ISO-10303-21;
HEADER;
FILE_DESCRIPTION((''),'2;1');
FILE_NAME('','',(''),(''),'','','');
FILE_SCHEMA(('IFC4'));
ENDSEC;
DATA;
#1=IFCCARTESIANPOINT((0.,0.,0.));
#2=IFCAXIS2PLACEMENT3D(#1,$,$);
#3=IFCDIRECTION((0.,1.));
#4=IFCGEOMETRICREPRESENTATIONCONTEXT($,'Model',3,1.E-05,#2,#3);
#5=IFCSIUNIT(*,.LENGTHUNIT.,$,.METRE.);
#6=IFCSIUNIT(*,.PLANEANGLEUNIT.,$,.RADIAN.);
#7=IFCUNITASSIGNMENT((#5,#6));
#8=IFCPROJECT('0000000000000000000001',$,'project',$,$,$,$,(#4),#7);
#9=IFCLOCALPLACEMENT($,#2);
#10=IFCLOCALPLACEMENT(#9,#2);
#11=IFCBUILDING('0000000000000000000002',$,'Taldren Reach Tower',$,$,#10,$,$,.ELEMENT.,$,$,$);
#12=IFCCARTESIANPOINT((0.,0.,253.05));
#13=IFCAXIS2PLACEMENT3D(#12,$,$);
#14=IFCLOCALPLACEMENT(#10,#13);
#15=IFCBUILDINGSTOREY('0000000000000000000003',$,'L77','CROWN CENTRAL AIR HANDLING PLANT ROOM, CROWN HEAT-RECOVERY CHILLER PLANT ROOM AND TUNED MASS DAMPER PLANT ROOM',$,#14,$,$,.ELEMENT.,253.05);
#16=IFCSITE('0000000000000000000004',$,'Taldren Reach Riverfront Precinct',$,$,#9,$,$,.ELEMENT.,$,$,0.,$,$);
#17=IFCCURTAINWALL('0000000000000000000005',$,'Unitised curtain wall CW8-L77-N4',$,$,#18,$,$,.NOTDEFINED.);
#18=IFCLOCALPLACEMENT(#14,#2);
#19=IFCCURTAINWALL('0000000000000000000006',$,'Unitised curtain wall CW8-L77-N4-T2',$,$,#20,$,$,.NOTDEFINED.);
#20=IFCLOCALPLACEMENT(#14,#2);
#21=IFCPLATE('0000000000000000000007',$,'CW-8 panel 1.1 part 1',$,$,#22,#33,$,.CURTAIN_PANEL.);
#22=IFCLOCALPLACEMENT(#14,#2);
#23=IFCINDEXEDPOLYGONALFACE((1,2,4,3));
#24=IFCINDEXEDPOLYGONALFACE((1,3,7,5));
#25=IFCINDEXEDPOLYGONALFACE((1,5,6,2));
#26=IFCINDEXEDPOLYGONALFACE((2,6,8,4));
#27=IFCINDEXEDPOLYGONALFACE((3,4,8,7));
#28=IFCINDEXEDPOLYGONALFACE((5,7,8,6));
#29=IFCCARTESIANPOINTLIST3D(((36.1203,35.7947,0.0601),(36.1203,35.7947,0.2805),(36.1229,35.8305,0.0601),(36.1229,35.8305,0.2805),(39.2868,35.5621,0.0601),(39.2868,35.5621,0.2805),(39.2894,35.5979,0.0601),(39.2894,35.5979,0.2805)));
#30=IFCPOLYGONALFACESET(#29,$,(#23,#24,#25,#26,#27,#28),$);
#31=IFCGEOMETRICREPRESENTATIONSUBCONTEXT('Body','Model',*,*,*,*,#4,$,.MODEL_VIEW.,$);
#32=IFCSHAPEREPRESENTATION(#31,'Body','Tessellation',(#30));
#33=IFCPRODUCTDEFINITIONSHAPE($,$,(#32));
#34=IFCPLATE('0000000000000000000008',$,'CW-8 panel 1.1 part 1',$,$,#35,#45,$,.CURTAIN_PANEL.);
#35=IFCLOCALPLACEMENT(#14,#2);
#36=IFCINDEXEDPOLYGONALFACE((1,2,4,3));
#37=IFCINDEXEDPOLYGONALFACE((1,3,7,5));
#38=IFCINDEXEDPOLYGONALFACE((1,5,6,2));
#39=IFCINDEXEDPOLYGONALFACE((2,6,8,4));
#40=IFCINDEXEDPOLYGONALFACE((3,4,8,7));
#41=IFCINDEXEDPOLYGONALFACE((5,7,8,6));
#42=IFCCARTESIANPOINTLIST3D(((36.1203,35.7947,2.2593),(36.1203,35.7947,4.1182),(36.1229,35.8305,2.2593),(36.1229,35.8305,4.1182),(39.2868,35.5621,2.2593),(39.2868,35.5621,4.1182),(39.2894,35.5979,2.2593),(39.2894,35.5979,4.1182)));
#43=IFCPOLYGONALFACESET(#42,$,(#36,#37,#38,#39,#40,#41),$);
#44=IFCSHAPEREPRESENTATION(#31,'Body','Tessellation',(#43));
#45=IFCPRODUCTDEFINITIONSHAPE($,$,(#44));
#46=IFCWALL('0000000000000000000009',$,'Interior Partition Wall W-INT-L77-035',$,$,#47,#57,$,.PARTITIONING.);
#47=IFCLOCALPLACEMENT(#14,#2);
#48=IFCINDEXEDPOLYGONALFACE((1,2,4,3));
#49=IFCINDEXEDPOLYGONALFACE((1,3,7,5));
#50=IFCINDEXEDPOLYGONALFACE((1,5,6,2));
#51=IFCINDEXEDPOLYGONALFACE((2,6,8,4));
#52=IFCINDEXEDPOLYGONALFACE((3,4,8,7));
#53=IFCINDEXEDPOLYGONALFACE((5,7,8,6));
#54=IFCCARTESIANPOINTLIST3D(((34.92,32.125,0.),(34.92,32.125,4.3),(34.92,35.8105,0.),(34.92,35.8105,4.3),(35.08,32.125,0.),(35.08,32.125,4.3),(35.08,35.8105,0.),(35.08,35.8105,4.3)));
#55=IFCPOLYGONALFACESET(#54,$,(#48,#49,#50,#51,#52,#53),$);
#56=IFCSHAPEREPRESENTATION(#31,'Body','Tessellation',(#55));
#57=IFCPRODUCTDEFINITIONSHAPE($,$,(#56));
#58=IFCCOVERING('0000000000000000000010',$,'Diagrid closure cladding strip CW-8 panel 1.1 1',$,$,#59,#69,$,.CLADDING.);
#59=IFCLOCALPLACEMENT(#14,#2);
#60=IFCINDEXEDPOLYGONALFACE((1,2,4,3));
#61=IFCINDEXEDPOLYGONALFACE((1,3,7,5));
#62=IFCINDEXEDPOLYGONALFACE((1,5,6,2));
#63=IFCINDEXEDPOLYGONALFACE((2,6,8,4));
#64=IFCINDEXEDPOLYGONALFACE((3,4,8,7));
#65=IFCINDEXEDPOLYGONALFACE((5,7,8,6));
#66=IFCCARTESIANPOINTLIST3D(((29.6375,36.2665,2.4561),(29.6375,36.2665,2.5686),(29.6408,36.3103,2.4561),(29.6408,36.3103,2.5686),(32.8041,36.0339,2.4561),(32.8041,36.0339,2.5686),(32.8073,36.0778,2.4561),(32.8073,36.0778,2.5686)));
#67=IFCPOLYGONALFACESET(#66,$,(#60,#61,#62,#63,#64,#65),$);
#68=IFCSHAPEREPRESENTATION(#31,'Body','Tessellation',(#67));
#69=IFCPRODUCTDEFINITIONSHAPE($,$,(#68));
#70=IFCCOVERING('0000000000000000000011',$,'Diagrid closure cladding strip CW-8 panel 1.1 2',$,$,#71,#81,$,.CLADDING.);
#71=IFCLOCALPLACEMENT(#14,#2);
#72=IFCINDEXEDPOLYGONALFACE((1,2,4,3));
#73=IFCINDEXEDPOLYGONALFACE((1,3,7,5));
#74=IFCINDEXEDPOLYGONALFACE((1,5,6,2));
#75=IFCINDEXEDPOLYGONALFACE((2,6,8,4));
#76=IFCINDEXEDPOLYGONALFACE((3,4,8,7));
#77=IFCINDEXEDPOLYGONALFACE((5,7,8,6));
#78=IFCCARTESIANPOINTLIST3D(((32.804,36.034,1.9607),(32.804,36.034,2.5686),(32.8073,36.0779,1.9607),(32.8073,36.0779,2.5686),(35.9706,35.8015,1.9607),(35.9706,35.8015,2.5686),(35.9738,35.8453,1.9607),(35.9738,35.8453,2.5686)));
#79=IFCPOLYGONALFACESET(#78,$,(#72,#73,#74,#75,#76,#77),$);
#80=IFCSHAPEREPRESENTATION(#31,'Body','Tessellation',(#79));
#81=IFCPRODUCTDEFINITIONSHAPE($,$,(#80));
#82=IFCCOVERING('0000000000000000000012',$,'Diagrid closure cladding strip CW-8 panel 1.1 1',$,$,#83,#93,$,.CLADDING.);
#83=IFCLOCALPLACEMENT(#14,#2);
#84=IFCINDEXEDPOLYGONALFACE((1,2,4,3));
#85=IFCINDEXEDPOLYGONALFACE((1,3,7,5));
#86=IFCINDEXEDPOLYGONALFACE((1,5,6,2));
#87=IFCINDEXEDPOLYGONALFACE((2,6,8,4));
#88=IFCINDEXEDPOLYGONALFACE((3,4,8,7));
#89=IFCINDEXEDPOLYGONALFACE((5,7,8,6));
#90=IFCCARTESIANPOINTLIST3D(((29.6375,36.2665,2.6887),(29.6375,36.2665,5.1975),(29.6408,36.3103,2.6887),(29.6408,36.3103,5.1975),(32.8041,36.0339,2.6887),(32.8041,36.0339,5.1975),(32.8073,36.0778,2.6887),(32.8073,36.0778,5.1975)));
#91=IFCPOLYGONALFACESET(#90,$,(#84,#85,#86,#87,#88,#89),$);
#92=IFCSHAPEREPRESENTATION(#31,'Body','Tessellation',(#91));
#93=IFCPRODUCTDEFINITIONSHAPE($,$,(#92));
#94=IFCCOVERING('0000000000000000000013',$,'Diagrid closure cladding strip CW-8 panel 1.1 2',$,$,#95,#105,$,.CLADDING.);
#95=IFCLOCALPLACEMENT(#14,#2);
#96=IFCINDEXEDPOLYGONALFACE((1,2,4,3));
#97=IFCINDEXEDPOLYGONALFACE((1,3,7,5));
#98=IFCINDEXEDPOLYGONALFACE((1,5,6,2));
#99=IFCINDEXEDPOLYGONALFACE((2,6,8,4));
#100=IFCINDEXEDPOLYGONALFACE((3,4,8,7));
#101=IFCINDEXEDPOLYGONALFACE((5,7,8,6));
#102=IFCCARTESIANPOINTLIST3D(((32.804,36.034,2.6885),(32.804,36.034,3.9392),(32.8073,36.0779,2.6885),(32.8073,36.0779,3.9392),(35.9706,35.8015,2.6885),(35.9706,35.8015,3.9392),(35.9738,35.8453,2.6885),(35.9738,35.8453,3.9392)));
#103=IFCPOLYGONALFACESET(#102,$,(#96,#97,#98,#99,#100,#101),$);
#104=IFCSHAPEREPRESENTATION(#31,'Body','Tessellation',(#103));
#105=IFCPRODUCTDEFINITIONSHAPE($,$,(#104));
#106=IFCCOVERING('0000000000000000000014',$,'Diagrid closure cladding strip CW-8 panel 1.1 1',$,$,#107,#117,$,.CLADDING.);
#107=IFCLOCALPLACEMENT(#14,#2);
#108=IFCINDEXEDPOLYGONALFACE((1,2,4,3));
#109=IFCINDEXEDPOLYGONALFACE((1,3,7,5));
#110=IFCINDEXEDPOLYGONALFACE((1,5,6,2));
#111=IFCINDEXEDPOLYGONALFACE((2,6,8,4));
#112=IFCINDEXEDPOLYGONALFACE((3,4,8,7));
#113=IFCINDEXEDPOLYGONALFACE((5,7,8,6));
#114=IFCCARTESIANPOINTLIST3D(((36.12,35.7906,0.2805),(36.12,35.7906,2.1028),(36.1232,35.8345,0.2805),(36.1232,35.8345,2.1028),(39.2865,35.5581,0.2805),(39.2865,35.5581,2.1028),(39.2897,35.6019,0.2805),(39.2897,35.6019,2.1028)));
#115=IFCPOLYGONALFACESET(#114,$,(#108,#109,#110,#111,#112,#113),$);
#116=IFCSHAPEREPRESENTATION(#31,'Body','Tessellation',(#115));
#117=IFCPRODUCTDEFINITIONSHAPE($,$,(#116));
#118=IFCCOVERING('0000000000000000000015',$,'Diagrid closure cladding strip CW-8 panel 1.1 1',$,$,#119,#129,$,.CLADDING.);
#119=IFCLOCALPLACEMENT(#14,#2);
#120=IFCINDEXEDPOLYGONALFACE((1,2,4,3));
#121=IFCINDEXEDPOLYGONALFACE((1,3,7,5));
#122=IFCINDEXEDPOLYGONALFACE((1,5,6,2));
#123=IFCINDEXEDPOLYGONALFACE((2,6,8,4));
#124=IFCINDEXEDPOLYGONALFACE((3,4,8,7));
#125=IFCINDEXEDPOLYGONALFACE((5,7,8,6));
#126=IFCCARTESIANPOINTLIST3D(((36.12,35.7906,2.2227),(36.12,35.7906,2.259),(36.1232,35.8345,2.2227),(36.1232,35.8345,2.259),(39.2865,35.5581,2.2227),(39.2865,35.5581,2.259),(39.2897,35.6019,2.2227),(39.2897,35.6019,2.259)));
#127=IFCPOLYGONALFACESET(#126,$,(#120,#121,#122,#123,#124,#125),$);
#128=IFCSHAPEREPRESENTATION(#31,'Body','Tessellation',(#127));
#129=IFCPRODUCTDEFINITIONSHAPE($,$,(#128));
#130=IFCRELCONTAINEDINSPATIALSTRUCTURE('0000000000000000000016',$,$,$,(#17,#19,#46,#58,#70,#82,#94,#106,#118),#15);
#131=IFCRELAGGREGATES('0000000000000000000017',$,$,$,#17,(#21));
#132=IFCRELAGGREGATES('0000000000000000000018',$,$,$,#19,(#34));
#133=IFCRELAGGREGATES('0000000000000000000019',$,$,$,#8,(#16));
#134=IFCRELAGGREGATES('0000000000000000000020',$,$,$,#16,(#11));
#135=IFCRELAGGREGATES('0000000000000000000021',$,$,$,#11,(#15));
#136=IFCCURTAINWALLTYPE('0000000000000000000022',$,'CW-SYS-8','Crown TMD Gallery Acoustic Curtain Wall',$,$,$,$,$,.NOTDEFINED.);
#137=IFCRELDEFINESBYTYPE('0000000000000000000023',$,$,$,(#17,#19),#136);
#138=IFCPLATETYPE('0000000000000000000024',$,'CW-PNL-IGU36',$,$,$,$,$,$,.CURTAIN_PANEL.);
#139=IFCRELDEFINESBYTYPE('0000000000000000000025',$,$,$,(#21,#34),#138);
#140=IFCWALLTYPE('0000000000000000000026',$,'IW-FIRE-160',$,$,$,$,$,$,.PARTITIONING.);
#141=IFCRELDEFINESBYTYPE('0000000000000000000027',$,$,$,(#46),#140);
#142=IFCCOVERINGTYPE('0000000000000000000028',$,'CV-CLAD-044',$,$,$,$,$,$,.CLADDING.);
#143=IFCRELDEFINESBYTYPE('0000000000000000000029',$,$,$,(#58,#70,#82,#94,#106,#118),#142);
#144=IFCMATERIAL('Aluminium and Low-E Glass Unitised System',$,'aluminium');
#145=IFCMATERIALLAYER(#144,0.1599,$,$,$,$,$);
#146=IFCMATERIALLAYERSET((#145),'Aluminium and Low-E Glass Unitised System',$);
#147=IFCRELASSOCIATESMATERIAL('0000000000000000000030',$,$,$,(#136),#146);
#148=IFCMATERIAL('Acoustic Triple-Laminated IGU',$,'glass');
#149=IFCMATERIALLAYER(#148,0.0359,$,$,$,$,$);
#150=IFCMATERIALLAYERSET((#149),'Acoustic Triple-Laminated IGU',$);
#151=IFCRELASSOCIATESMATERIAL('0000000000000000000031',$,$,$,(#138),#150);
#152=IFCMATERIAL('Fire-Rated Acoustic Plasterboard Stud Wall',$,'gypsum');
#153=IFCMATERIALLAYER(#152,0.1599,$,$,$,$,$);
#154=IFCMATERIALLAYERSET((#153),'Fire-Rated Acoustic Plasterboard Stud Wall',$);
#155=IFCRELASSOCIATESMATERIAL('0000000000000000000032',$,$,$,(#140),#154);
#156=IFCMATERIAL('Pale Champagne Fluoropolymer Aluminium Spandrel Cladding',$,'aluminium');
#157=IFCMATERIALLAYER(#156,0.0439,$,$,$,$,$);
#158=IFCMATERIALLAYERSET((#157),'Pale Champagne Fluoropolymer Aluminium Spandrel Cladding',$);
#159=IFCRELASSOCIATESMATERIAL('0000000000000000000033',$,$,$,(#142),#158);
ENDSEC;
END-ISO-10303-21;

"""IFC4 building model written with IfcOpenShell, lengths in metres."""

from ifc_helpers import new_model, si_unit, direction, frame, frame_2d, origin, origin_2d, place, context, subcontext, project, spatial, rectangle, extrude, source, transform, mapped, material, layer, layer_set, type_object, element, aggregate, save


model = new_model("IFC4")

# Units and contexts
model_context = context("Model", 3, precision=1e-05, world=origin(), true_north=direction((0.0, 1.0)))
body_context = subcontext(model_context, "Body", "Model", "MODEL_VIEW")
ifc_project = project(units=[si_unit("LENGTHUNIT", "METRE"), si_unit("PLANEANGLEUNIT", "RADIAN")], contexts=[model_context])

# Site, building, storey
site_placement = place(None, origin())
site = spatial("IfcSite", under=ifc_project, at=site_placement, Name="Taldren Reach Riverfront Precinct", CompositionType="ELEMENT", RefElevation=0.0)
building_placement = place(site_placement, origin())
building = spatial("IfcBuilding", under=site, at=building_placement, Name="Taldren Reach Tower", CompositionType="ELEMENT")
storey_placement = place(building_placement, frame((0.0, 0.0, 253.05)))
storey = spatial("IfcBuildingStorey", under=building, at=storey_placement, Name="L77", Description="CROWN CENTRAL AIR HANDLING PLANT ROOM, CROWN HEAT-RECOVERY CHILLER PLANT ROOM AND TUNED MASS DAMPER PLANT ROOM", CompositionType="ELEMENT", Elevation=253.05)

# Curtain wall
ifc_material_1 = material(Name="Aluminium and Low-E Glass Unitised System", Category="aluminium")
ifc_layer_1 = layer(ifc_material_1, 0.1599)
ifc_layer_set_1 = layer_set([ifc_layer_1], Name="Aluminium and Low-E Glass Unitised System")
curtain_wall_type = type_object("IfcCurtainWallType", Name="CW-SYS-8", Description="Crown TMD Gallery Acoustic Curtain Wall", PredefinedType="NOTDEFINED", material=ifc_layer_set_1)
curtain_wall_1_placement = place(storey_placement, origin())
curtain_wall_1 = element("IfcCurtainWall", 1, at=curtain_wall_1_placement, inside=storey, type_object=curtain_wall_type, Name="Unitised curtain wall CW8-L77-N4", PredefinedType="NOTDEFINED")

# Curtain wall
curtain_wall_2_placement = place(storey_placement, origin())
curtain_wall_2 = element("IfcCurtainWall", 2, at=curtain_wall_2_placement, inside=storey, type_object=curtain_wall_type, Name="Unitised curtain wall CW8-L77-N4-T2", PredefinedType="NOTDEFINED")

# Plates
ifc_material_2 = material(Name="Acoustic Triple-Laminated IGU", Category="glass")
ifc_layer_2 = layer(ifc_material_2, 0.0359)
ifc_layer_set_2 = layer_set([ifc_layer_2], Name="Acoustic Triple-Laminated IGU")
plate_type_1 = type_object("IfcPlateType", Name="CW-PNL-IGU36", PredefinedType="CURTAIN_PANEL", material=ifc_layer_set_2)
shared_shape_1 = source(origin(), body_context, "Body", "SweptSolid", [
    extrude(rectangle(XDim=3.175, YDim=0.0359, at=origin_2d()), origin(), (0.0, 0.0, 1.0), 0.2205),
])
plate_1_placement = place(storey_placement, frame((37.7048, 35.6963, 0.0601), z_axis=(0.0, 0.0, 1.0), x_axis=(0.997314, -0.073239, 0.0)))
plate_1 = element("IfcPlate", 3, at=plate_1_placement, type_object=plate_type_1, Name="CW-8 panel 1.1 part 1", PredefinedType="CURTAIN_PANEL", context=body_context, shape_type="MappedRepresentation", body=[
    mapped(shared_shape_1, transform((0.0, 0.0, 0.0), scale=1.0)),
])
aggregate(curtain_wall_1, [plate_1])
shared_shape_2 = source(origin(), body_context, "Body", "SweptSolid", [
    extrude(rectangle(XDim=3.175, YDim=0.0359, at=origin_2d()), origin(), (0.0, 0.0, 1.0), 1.8589),
])
plate_2_placement = place(storey_placement, frame((37.7048, 35.6963, 2.2593), z_axis=(0.0, 0.0, 1.0), x_axis=(0.997314, -0.073239, 0.0)))
plate_2 = element("IfcPlate", 4, at=plate_2_placement, type_object=plate_type_1, Name="CW-8 panel 1.1 part 1", PredefinedType="CURTAIN_PANEL", context=body_context, shape_type="MappedRepresentation", body=[
    mapped(shared_shape_2, transform((0.0, 0.0, 0.0), scale=1.0)),
])
aggregate(curtain_wall_2, [plate_2])

# Wall
ifc_material_3 = material(Name="Fire-Rated Acoustic Plasterboard Stud Wall", Category="gypsum")
ifc_layer_3 = layer(ifc_material_3, 0.1599)
ifc_layer_set_3 = layer_set([ifc_layer_3], Name="Fire-Rated Acoustic Plasterboard Stud Wall")
wall_type = type_object("IfcWallType", Name="IW-FIRE-160", PredefinedType="PARTITIONING", material=ifc_layer_set_3)
shared_shape_3 = source(origin(), body_context, "Body", "SweptSolid", [
    extrude(rectangle(XDim=3.6855, YDim=0.1599, at=frame_2d((1.8428, 0.0))), origin(), (0.0, 0.0, 1.0), 4.3),
])
wall_placement = place(storey_placement, frame((35.0, 35.8105, 0.0), z_axis=(0.0, 0.0, 1.0), x_axis=(0.0, -1.0, 0.0)))
element("IfcWall", 5, at=wall_placement, inside=storey, type_object=wall_type, Name="Interior Partition Wall W-INT-L77-035", PredefinedType="PARTITIONING", context=body_context, shape_type="MappedRepresentation", body=[
    mapped(shared_shape_3, transform((0.0, 0.0, 0.0), scale=1.0)),
])

# Coverings
ifc_material_4 = material(Name="Pale Champagne Fluoropolymer Aluminium Spandrel Cladding", Category="aluminium")
ifc_layer_4 = layer(ifc_material_4, 0.0439)
ifc_layer_set_4 = layer_set([ifc_layer_4], Name="Pale Champagne Fluoropolymer Aluminium Spandrel Cladding")
covering_type = type_object("IfcCoveringType", Name="CV-CLAD-044", PredefinedType="CLADDING", material=ifc_layer_set_4)
shared_shape_4 = source(origin(), body_context, "Body", "SweptSolid", [
    extrude(rectangle(XDim=3.175, YDim=0.0439, at=origin_2d()), origin(), (0.0, 0.0, 1.0), 0.1125),
])
covering_1_placement = place(storey_placement, frame((31.2224, 36.1721, 2.4561), z_axis=(0.0, 0.0, 1.0), x_axis=(0.997315, -0.073237, 0.0)))
element("IfcCovering", 6, at=covering_1_placement, inside=storey, type_object=covering_type, Name="Diagrid closure cladding strip CW-8 panel 1.1 1", PredefinedType="CLADDING", context=body_context, shape_type="MappedRepresentation", body=[
    mapped(shared_shape_4, transform((0.0, 0.0, 0.0), scale=1.0)),
])
shared_shape_5 = source(origin(), body_context, "Body", "SweptSolid", [
    extrude(rectangle(XDim=3.175, YDim=0.0439, at=origin_2d()), origin(), (0.0, 0.0, 1.0), 0.6079),
])
covering_2_placement = place(storey_placement, frame((34.3889, 35.9397, 1.9607), z_axis=(0.0, 0.0, 1.0), x_axis=(0.997315, -0.073237, 0.0)))
element("IfcCovering", 7, at=covering_2_placement, inside=storey, type_object=covering_type, Name="Diagrid closure cladding strip CW-8 panel 1.1 2", PredefinedType="CLADDING", context=body_context, shape_type="MappedRepresentation", body=[
    mapped(shared_shape_5, transform((0.0, 0.0, 0.0), scale=1.0)),
])
shared_shape_6 = source(origin(), body_context, "Body", "SweptSolid", [
    extrude(rectangle(XDim=3.175, YDim=0.0439, at=origin_2d()), origin(), (0.0, 0.0, 1.0), 2.5088),
])
covering_3_placement = place(storey_placement, frame((31.2224, 36.1721, 2.6887), z_axis=(0.0, 0.0, 1.0), x_axis=(0.997315, -0.073237, 0.0)))
element("IfcCovering", 8, at=covering_3_placement, inside=storey, type_object=covering_type, Name="Diagrid closure cladding strip CW-8 panel 1.1 1", PredefinedType="CLADDING", context=body_context, shape_type="MappedRepresentation", body=[
    mapped(shared_shape_6, transform((0.0, 0.0, 0.0), scale=1.0)),
])
shared_shape_7 = source(origin(), body_context, "Body", "SweptSolid", [
    extrude(rectangle(XDim=3.175, YDim=0.0439, at=origin_2d()), origin(), (0.0, 0.0, 1.0), 1.2507),
])
covering_4_placement = place(storey_placement, frame((34.3889, 35.9397, 2.6885), z_axis=(0.0, 0.0, 1.0), x_axis=(0.997315, -0.073237, 0.0)))
element("IfcCovering", 9, at=covering_4_placement, inside=storey, type_object=covering_type, Name="Diagrid closure cladding strip CW-8 panel 1.1 2", PredefinedType="CLADDING", context=body_context, shape_type="MappedRepresentation", body=[
    mapped(shared_shape_7, transform((0.0, 0.0, 0.0), scale=1.0)),
])
shared_shape_8 = source(origin(), body_context, "Body", "SweptSolid", [
    extrude(rectangle(XDim=3.175, YDim=0.0439, at=origin_2d()), origin(), (0.0, 0.0, 1.0), 1.8223),
])
covering_5_placement = place(storey_placement, frame((37.7048, 35.6963, 0.2805), z_axis=(0.0, 0.0, 1.0), x_axis=(0.997314, -0.073239, 0.0)))
element("IfcCovering", 10, at=covering_5_placement, inside=storey, type_object=covering_type, Name="Diagrid closure cladding strip CW-8 panel 1.1 1", PredefinedType="CLADDING", context=body_context, shape_type="MappedRepresentation", body=[
    mapped(shared_shape_8, transform((0.0, 0.0, 0.0), scale=1.0)),
])
shared_shape_9 = source(origin(), body_context, "Body", "SweptSolid", [
    extrude(rectangle(XDim=3.175, YDim=0.0439, at=origin_2d()), origin(), (0.0, 0.0, 1.0), 0.0364),
])
covering_6_placement = place(storey_placement, frame((37.7048, 35.6963, 2.2227), z_axis=(0.0, 0.0, 1.0), x_axis=(0.997314, -0.073239, 0.0)))
element("IfcCovering", 11, at=covering_6_placement, inside=storey, type_object=covering_type, Name="Diagrid closure cladding strip CW-8 panel 1.1 1", PredefinedType="CLADDING", context=body_context, shape_type="MappedRepresentation", body=[
    mapped(shared_shape_9, transform((0.0, 0.0, 0.0), scale=1.0)),
])

save(model, "model.ifc")
